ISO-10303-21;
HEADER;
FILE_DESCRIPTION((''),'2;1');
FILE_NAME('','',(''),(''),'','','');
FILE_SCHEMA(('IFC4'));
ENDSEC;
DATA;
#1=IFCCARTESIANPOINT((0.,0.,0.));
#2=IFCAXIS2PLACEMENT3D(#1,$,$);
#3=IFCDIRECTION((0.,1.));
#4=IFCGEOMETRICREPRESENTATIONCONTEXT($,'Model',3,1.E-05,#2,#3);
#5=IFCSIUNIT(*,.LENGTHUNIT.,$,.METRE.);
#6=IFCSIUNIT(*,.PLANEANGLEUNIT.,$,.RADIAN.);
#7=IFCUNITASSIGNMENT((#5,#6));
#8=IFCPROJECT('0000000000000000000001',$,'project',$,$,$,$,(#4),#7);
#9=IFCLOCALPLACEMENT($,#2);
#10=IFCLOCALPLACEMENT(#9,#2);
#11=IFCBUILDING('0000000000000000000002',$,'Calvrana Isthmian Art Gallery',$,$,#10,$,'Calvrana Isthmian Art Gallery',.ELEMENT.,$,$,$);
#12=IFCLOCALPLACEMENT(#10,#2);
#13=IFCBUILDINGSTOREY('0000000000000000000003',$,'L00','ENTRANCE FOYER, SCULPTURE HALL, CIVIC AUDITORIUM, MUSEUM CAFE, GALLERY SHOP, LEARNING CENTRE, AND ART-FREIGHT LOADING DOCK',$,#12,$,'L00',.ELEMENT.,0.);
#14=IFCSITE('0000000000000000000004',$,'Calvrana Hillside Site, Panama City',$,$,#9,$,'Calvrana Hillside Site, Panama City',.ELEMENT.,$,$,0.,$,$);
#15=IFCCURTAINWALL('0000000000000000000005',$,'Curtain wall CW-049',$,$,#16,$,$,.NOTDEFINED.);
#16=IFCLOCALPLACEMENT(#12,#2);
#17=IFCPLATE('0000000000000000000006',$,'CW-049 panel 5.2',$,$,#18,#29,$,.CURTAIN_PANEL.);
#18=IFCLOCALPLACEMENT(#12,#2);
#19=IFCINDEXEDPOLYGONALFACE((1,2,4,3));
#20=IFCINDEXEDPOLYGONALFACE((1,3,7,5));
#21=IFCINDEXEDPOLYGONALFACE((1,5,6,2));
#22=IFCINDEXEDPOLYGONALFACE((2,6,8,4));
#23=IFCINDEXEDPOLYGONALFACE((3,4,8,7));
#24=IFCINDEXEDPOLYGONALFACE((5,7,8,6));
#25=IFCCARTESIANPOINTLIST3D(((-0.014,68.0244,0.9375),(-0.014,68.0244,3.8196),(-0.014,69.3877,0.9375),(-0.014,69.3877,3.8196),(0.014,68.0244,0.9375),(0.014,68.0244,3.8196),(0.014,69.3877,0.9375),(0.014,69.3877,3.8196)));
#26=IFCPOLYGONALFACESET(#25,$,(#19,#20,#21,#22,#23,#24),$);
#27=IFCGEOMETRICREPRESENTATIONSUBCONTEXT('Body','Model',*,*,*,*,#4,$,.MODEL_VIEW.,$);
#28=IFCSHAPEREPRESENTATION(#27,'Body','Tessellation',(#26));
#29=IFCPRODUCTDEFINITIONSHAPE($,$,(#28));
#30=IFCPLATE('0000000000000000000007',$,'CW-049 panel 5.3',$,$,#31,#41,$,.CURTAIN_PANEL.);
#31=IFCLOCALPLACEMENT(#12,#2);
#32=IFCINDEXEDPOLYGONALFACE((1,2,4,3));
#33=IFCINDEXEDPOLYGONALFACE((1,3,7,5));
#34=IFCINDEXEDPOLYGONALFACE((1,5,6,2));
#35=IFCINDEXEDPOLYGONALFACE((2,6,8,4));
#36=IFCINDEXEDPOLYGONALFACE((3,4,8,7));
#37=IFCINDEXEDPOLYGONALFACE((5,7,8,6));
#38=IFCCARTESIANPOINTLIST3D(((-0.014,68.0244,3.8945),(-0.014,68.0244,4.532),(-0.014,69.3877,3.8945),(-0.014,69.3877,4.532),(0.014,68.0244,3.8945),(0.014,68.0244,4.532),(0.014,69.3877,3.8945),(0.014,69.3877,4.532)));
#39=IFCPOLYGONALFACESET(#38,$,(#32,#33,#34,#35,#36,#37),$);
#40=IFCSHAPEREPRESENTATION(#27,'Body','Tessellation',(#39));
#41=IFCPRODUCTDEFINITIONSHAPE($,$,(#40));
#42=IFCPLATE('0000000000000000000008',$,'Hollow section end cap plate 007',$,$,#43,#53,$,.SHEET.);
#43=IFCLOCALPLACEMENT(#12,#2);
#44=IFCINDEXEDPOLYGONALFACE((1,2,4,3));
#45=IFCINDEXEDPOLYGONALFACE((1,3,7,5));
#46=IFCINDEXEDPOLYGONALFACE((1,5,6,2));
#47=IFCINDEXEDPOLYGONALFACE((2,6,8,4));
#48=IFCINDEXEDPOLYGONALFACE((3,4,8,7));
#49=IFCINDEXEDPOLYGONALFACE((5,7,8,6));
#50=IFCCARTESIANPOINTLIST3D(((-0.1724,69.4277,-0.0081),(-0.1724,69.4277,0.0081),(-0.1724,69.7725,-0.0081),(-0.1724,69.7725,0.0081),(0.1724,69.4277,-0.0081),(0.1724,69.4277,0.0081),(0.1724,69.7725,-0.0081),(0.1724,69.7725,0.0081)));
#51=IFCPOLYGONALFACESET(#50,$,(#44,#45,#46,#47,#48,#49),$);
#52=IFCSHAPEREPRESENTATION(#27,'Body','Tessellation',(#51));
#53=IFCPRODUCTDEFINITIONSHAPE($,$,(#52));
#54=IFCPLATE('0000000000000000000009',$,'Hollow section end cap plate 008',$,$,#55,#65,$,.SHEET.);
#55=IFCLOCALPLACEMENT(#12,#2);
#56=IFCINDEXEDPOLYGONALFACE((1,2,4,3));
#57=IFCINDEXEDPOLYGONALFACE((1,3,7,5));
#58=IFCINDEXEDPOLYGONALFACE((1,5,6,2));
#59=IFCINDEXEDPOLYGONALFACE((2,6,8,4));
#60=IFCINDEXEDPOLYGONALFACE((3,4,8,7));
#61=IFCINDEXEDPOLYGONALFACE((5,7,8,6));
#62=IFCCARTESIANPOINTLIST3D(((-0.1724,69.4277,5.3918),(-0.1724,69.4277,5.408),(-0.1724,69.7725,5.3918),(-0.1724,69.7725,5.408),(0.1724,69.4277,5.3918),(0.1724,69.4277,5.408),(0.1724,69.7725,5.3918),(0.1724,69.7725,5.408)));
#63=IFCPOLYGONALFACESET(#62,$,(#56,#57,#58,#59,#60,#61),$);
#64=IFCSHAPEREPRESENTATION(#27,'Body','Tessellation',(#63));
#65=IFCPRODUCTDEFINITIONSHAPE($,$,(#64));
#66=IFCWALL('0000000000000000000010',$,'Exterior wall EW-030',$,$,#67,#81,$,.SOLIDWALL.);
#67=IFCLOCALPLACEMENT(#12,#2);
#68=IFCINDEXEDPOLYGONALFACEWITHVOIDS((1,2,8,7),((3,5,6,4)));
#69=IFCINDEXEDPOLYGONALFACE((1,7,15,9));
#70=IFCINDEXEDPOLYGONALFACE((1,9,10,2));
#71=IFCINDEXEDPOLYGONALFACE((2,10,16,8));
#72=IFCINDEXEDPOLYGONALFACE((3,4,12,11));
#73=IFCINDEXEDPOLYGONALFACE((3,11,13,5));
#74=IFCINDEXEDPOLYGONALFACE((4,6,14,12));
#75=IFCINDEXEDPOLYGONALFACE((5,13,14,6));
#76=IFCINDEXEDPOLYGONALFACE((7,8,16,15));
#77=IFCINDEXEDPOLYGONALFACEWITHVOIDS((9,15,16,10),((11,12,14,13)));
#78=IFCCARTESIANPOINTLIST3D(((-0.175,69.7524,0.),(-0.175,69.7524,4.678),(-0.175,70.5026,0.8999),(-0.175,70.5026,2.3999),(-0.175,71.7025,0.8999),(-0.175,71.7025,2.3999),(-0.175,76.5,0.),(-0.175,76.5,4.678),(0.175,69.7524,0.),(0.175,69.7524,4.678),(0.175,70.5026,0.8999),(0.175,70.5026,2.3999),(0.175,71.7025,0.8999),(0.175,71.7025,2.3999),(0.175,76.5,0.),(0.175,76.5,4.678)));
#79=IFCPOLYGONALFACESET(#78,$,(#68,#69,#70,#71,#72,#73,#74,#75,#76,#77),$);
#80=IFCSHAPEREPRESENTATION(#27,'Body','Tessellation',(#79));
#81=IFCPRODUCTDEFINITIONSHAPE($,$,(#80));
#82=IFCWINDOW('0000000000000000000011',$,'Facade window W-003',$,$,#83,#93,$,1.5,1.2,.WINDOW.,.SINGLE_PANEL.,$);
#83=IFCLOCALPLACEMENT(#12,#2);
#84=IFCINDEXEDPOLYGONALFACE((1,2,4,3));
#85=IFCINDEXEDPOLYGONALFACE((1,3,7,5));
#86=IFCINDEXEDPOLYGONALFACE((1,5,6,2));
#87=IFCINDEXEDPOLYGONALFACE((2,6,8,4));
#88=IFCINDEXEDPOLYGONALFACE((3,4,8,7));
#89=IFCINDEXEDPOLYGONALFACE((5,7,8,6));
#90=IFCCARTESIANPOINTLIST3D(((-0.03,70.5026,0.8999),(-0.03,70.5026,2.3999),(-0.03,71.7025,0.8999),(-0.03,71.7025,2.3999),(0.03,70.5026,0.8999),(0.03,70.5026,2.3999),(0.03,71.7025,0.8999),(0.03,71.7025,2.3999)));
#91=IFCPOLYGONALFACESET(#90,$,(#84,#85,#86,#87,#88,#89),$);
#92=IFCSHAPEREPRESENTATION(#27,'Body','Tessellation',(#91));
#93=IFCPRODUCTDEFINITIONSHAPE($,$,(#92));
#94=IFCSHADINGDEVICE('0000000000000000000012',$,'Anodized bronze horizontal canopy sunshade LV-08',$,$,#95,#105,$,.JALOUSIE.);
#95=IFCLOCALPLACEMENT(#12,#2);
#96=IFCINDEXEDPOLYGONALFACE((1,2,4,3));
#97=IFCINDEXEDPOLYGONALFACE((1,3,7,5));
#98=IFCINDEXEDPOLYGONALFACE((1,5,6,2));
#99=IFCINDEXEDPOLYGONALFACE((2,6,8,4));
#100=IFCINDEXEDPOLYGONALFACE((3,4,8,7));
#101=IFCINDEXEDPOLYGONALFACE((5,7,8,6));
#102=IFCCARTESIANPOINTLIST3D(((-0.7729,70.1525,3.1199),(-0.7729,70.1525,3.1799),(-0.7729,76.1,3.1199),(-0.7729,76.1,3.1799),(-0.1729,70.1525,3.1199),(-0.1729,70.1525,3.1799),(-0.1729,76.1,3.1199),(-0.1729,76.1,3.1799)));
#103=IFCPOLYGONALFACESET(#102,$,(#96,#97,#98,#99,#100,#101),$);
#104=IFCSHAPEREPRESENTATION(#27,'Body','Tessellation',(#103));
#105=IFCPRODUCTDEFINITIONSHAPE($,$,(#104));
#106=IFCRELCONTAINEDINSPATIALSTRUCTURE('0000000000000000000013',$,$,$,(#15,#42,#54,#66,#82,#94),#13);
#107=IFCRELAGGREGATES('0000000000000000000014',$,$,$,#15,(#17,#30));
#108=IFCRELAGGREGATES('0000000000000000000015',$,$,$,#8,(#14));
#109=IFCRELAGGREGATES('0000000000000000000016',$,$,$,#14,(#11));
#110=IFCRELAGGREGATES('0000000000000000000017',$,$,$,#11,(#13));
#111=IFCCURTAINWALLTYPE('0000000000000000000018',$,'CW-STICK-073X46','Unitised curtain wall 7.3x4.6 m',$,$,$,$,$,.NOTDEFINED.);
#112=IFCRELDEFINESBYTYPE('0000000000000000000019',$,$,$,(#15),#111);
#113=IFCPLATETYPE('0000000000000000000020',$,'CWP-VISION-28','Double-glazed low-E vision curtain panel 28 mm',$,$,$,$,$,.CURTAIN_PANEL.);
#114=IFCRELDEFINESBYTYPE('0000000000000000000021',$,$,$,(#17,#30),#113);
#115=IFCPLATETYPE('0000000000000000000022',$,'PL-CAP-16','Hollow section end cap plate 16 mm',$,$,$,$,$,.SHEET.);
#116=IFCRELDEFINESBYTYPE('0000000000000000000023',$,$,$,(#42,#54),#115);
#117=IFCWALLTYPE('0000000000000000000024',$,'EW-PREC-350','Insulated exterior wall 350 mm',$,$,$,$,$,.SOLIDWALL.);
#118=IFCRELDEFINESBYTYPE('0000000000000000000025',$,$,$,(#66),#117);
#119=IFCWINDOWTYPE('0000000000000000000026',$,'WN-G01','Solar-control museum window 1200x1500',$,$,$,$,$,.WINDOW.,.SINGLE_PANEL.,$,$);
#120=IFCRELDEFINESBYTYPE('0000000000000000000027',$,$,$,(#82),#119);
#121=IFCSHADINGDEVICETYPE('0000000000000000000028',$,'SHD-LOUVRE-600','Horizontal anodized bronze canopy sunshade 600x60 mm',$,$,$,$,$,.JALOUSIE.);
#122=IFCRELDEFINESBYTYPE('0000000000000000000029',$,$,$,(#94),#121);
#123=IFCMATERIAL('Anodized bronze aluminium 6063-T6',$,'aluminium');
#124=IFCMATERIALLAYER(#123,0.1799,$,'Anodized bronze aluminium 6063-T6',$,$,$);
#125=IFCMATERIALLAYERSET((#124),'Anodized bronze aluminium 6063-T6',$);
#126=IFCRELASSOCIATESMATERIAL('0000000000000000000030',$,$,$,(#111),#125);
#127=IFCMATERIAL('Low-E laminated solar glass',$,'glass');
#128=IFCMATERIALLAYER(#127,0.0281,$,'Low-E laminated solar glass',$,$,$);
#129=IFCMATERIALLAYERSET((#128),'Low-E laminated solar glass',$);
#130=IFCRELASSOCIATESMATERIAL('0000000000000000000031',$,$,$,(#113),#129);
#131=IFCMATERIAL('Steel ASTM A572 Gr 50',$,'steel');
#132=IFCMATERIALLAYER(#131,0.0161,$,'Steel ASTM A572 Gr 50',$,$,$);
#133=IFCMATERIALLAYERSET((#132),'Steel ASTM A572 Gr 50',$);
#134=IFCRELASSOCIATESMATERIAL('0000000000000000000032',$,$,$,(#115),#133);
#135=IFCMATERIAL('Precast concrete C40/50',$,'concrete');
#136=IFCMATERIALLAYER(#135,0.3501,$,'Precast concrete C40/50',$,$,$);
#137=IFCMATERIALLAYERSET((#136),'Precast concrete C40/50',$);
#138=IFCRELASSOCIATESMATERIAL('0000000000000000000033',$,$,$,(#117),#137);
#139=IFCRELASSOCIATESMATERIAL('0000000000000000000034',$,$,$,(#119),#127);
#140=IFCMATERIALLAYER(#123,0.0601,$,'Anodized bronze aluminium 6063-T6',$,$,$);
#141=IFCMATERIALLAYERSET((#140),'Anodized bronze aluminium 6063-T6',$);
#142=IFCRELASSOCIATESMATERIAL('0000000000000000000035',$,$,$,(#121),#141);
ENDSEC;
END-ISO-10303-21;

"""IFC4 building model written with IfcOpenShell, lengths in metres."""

from ifc_helpers import new_model, si_unit, direction, frame, frame_2d, origin, origin_2d, place, context, subcontext, project, spatial, rectangle, extrude, material, layer, layer_set, type_object, element, fill, aggregate, save


model = new_model("IFC4")

# Units and contexts
model_context = context("Model", 3, precision=1e-05, world=origin(), true_north=direction((0.0, 1.0)))
body_context = subcontext(model_context, "Body", "Model", "MODEL_VIEW")
ifc_project = project(units=[si_unit("LENGTHUNIT", "METRE"), si_unit("PLANEANGLEUNIT", "RADIAN")], contexts=[model_context])

# Site, building, storey
site_placement = place(None, origin())
site = spatial("IfcSite", under=ifc_project, at=site_placement, Name="Calvrana Hillside Site, Panama City", LongName="Calvrana Hillside Site, Panama City", CompositionType="ELEMENT", RefElevation=0.0)
building_placement = place(site_placement, origin())
building = spatial("IfcBuilding", under=site, at=building_placement, Name="Calvrana Isthmian Art Gallery", LongName="Calvrana Isthmian Art Gallery", CompositionType="ELEMENT")
storey_placement = place(building_placement, origin())
storey = spatial("IfcBuildingStorey", under=building, at=storey_placement, Name="L00", Description="ENTRANCE FOYER, SCULPTURE HALL, CIVIC AUDITORIUM, MUSEUM CAFE, GALLERY SHOP, LEARNING CENTRE, AND ART-FREIGHT LOADING DOCK", LongName="L00", CompositionType="ELEMENT", Elevation=0.0)

# Curtain wall
ifc_material_1 = material(Name="Anodized bronze aluminium 6063-T6", Category="aluminium")
ifc_layer_1 = layer(ifc_material_1, 0.1799, Name="Anodized bronze aluminium 6063-T6")
ifc_layer_set_1 = layer_set([ifc_layer_1], Name="Anodized bronze aluminium 6063-T6")
curtain_wall_type_1 = type_object("IfcCurtainWallType", Name="CW-STICK-073X46", Description="Unitised curtain wall 7.3x4.6 m", PredefinedType="NOTDEFINED", material=ifc_layer_set_1)
curtain_wall_1_placement = place(storey_placement, origin())
curtain_wall_1 = element("IfcCurtainWall", 1, at=curtain_wall_1_placement, inside=storey, type_object=curtain_wall_type_1, Name="Curtain wall CW-049", PredefinedType="NOTDEFINED")

# Plates
ifc_material_2 = material(Name="Low-E laminated solar glass", Category="glass")
ifc_layer_2 = layer(ifc_material_2, 0.0281, Name="Low-E laminated solar glass")
ifc_layer_set_2 = layer_set([ifc_layer_2], Name="Low-E laminated solar glass")
plate_type_1 = type_object("IfcPlateType", Name="CWP-VISION-28", Description="Double-glazed low-E vision curtain panel 28 mm", PredefinedType="CURTAIN_PANEL", material=ifc_layer_set_2)
plate_1_placement = place(storey_placement, frame((0.0, 68.7061, 0.9375), z_axis=(0.0, 0.0, 1.0), x_axis=(0.0, 1.0, 0.0)))
plate_1 = element("IfcPlate", 2, at=plate_1_placement, type_object=plate_type_1, Name="CW-049 panel 5.2", PredefinedType="CURTAIN_PANEL", context=body_context, shape_type="SweptSolid", body=[
    extrude(rectangle(XDim=1.3633, YDim=0.0281, at=origin_2d()), origin(), (0.0, 0.0, 1.0), 2.8821),
])
plate_2_placement = place(storey_placement, frame((0.0, 68.7061, 3.8945), z_axis=(0.0, 0.0, 1.0), x_axis=(0.0, 1.0, 0.0)))
plate_2 = element("IfcPlate", 3, at=plate_2_placement, type_object=plate_type_1, Name="CW-049 panel 5.3", PredefinedType="CURTAIN_PANEL", context=body_context, shape_type="SweptSolid", body=[
    extrude(rectangle(XDim=1.3633, YDim=0.0281, at=origin_2d()), origin(), (0.0, 0.0, 1.0), 0.6375),
])
aggregate(curtain_wall_1, [plate_1, plate_2])

# Plates
ifc_material_3 = material(Name="Steel ASTM A572 Gr 50", Category="steel")
ifc_layer_3 = layer(ifc_material_3, 0.0161, Name="Steel ASTM A572 Gr 50")
ifc_layer_set_3 = layer_set([ifc_layer_3], Name="Steel ASTM A572 Gr 50")
plate_type_2 = type_object("IfcPlateType", Name="PL-CAP-16", Description="Hollow section end cap plate 16 mm", PredefinedType="SHEET", material=ifc_layer_set_3)
for number, where, z_axis, x_axis, name in (
    (4, (0.0, 69.6001, -0.0081), (0.0, 0.0, 1.0), (1.0, 0.0, 0.0), "Hollow section end cap plate 007"),
    (5, (0.0, 69.6001, 5.3918), (0.0, 0.0, 1.0), (1.0, 0.0, 0.0), "Hollow section end cap plate 008"),
):
    element("IfcPlate", number, at=place(storey_placement, frame(where, z_axis=z_axis, x_axis=x_axis)), inside=storey, type_object=plate_type_2, Name=name, PredefinedType="SHEET", context=body_context, shape_type="SweptSolid", body=[
        extrude(rectangle(XDim=0.3447, YDim=0.3447, at=origin_2d()), origin(), (0.0, 0.0, 1.0), 0.0161),
    ])

# Wall, opening, window
ifc_material_4 = material(Name="Precast concrete C40/50", Category="concrete")
ifc_layer_4 = layer(ifc_material_4, 0.3501, Name="Precast concrete C40/50")
ifc_layer_set_4 = layer_set([ifc_layer_4], Name="Precast concrete C40/50")
wall_type = type_object("IfcWallType", Name="EW-PREC-350", Description="Insulated exterior wall 350 mm", PredefinedType="SOLIDWALL", material=ifc_layer_set_4)
wall_placement = place(storey_placement, frame((0.0, 69.7524, 0.0), z_axis=(0.0, 0.0, 1.0), x_axis=(0.0, 1.0, 0.0)))
wall = element("IfcWall", 6, at=wall_placement, inside=storey, type_object=wall_type, Name="Exterior wall EW-030", PredefinedType="SOLIDWALL", context=body_context, shape_type="SweptSolid", body=[
    extrude(rectangle(XDim=6.7476, YDim=0.3501, at=frame_2d((3.3738, 0.0))), origin(), (0.0, 0.0, 1.0), 4.678),
])
opening_placement = place(wall_placement, frame((0.75, 0.0, 0.8999)))
opening = element("IfcOpeningElement", 7, at=opening_placement, cuts=wall, PredefinedType="OPENING", context=body_context, shape_type="SweptSolid", body=[
    extrude(rectangle(XDim=1.2, YDim=1.5, at=frame_2d((0.6001, 0.75))), frame((0.0, 0.1853, 0.0), z_axis=(0.0, -1.0, 0.0), x_axis=(1.0, 0.0, 0.0)), (0.0, 0.0, 1.0), 0.3706),
])
window_type = type_object("IfcWindowType", Name="WN-G01", Description="Solar-control museum window 1200x1500", PartitioningType="SINGLE_PANEL", PredefinedType="WINDOW", material=ifc_material_2)
window_placement = place(opening_placement, origin())
window = element("IfcWindow", 8, at=window_placement, inside=storey, type_object=window_type, Name="Facade window W-003", OverallHeight=1.5, OverallWidth=1.2, PartitioningType="SINGLE_PANEL", PredefinedType="WINDOW", context=body_context, shape_type="SweptSolid", body=[
    extrude(rectangle(XDim=1.2, YDim=1.5, at=frame_2d((0.6001, 0.75))), frame((0.0, 0.03, 0.0), z_axis=(0.0, -1.0, 0.0), x_axis=(1.0, 0.0, 0.0)), (0.0, 0.0, 1.0), 0.0601),
])
fill(opening, window)

# Shading device
ifc_layer_5 = layer(ifc_material_1, 0.0601, Name="Anodized bronze aluminium 6063-T6")
ifc_layer_set_5 = layer_set([ifc_layer_5], Name="Anodized bronze aluminium 6063-T6")
shading_device_type = type_object("IfcShadingDeviceType", Name="SHD-LOUVRE-600", Description="Horizontal anodized bronze canopy sunshade 600x60 mm", PredefinedType="JALOUSIE", material=ifc_layer_set_5)
shading_device_placement = place(storey_placement, frame((-0.4729, 73.1262, 3.1199), z_axis=(0.0, 0.0, 1.0), x_axis=(0.0, 1.0, 0.0)))
element("IfcShadingDevice", 9, at=shading_device_placement, inside=storey, type_object=shading_device_type, Name="Anodized bronze horizontal canopy sunshade LV-08", PredefinedType="JALOUSIE", context=body_context, shape_type="SweptSolid", body=[
    extrude(rectangle(XDim=5.9475, YDim=0.6001, at=origin_2d()), origin(), (0.0, 0.0, 1.0), 0.0601),
])

save(model, "model.ifc")
